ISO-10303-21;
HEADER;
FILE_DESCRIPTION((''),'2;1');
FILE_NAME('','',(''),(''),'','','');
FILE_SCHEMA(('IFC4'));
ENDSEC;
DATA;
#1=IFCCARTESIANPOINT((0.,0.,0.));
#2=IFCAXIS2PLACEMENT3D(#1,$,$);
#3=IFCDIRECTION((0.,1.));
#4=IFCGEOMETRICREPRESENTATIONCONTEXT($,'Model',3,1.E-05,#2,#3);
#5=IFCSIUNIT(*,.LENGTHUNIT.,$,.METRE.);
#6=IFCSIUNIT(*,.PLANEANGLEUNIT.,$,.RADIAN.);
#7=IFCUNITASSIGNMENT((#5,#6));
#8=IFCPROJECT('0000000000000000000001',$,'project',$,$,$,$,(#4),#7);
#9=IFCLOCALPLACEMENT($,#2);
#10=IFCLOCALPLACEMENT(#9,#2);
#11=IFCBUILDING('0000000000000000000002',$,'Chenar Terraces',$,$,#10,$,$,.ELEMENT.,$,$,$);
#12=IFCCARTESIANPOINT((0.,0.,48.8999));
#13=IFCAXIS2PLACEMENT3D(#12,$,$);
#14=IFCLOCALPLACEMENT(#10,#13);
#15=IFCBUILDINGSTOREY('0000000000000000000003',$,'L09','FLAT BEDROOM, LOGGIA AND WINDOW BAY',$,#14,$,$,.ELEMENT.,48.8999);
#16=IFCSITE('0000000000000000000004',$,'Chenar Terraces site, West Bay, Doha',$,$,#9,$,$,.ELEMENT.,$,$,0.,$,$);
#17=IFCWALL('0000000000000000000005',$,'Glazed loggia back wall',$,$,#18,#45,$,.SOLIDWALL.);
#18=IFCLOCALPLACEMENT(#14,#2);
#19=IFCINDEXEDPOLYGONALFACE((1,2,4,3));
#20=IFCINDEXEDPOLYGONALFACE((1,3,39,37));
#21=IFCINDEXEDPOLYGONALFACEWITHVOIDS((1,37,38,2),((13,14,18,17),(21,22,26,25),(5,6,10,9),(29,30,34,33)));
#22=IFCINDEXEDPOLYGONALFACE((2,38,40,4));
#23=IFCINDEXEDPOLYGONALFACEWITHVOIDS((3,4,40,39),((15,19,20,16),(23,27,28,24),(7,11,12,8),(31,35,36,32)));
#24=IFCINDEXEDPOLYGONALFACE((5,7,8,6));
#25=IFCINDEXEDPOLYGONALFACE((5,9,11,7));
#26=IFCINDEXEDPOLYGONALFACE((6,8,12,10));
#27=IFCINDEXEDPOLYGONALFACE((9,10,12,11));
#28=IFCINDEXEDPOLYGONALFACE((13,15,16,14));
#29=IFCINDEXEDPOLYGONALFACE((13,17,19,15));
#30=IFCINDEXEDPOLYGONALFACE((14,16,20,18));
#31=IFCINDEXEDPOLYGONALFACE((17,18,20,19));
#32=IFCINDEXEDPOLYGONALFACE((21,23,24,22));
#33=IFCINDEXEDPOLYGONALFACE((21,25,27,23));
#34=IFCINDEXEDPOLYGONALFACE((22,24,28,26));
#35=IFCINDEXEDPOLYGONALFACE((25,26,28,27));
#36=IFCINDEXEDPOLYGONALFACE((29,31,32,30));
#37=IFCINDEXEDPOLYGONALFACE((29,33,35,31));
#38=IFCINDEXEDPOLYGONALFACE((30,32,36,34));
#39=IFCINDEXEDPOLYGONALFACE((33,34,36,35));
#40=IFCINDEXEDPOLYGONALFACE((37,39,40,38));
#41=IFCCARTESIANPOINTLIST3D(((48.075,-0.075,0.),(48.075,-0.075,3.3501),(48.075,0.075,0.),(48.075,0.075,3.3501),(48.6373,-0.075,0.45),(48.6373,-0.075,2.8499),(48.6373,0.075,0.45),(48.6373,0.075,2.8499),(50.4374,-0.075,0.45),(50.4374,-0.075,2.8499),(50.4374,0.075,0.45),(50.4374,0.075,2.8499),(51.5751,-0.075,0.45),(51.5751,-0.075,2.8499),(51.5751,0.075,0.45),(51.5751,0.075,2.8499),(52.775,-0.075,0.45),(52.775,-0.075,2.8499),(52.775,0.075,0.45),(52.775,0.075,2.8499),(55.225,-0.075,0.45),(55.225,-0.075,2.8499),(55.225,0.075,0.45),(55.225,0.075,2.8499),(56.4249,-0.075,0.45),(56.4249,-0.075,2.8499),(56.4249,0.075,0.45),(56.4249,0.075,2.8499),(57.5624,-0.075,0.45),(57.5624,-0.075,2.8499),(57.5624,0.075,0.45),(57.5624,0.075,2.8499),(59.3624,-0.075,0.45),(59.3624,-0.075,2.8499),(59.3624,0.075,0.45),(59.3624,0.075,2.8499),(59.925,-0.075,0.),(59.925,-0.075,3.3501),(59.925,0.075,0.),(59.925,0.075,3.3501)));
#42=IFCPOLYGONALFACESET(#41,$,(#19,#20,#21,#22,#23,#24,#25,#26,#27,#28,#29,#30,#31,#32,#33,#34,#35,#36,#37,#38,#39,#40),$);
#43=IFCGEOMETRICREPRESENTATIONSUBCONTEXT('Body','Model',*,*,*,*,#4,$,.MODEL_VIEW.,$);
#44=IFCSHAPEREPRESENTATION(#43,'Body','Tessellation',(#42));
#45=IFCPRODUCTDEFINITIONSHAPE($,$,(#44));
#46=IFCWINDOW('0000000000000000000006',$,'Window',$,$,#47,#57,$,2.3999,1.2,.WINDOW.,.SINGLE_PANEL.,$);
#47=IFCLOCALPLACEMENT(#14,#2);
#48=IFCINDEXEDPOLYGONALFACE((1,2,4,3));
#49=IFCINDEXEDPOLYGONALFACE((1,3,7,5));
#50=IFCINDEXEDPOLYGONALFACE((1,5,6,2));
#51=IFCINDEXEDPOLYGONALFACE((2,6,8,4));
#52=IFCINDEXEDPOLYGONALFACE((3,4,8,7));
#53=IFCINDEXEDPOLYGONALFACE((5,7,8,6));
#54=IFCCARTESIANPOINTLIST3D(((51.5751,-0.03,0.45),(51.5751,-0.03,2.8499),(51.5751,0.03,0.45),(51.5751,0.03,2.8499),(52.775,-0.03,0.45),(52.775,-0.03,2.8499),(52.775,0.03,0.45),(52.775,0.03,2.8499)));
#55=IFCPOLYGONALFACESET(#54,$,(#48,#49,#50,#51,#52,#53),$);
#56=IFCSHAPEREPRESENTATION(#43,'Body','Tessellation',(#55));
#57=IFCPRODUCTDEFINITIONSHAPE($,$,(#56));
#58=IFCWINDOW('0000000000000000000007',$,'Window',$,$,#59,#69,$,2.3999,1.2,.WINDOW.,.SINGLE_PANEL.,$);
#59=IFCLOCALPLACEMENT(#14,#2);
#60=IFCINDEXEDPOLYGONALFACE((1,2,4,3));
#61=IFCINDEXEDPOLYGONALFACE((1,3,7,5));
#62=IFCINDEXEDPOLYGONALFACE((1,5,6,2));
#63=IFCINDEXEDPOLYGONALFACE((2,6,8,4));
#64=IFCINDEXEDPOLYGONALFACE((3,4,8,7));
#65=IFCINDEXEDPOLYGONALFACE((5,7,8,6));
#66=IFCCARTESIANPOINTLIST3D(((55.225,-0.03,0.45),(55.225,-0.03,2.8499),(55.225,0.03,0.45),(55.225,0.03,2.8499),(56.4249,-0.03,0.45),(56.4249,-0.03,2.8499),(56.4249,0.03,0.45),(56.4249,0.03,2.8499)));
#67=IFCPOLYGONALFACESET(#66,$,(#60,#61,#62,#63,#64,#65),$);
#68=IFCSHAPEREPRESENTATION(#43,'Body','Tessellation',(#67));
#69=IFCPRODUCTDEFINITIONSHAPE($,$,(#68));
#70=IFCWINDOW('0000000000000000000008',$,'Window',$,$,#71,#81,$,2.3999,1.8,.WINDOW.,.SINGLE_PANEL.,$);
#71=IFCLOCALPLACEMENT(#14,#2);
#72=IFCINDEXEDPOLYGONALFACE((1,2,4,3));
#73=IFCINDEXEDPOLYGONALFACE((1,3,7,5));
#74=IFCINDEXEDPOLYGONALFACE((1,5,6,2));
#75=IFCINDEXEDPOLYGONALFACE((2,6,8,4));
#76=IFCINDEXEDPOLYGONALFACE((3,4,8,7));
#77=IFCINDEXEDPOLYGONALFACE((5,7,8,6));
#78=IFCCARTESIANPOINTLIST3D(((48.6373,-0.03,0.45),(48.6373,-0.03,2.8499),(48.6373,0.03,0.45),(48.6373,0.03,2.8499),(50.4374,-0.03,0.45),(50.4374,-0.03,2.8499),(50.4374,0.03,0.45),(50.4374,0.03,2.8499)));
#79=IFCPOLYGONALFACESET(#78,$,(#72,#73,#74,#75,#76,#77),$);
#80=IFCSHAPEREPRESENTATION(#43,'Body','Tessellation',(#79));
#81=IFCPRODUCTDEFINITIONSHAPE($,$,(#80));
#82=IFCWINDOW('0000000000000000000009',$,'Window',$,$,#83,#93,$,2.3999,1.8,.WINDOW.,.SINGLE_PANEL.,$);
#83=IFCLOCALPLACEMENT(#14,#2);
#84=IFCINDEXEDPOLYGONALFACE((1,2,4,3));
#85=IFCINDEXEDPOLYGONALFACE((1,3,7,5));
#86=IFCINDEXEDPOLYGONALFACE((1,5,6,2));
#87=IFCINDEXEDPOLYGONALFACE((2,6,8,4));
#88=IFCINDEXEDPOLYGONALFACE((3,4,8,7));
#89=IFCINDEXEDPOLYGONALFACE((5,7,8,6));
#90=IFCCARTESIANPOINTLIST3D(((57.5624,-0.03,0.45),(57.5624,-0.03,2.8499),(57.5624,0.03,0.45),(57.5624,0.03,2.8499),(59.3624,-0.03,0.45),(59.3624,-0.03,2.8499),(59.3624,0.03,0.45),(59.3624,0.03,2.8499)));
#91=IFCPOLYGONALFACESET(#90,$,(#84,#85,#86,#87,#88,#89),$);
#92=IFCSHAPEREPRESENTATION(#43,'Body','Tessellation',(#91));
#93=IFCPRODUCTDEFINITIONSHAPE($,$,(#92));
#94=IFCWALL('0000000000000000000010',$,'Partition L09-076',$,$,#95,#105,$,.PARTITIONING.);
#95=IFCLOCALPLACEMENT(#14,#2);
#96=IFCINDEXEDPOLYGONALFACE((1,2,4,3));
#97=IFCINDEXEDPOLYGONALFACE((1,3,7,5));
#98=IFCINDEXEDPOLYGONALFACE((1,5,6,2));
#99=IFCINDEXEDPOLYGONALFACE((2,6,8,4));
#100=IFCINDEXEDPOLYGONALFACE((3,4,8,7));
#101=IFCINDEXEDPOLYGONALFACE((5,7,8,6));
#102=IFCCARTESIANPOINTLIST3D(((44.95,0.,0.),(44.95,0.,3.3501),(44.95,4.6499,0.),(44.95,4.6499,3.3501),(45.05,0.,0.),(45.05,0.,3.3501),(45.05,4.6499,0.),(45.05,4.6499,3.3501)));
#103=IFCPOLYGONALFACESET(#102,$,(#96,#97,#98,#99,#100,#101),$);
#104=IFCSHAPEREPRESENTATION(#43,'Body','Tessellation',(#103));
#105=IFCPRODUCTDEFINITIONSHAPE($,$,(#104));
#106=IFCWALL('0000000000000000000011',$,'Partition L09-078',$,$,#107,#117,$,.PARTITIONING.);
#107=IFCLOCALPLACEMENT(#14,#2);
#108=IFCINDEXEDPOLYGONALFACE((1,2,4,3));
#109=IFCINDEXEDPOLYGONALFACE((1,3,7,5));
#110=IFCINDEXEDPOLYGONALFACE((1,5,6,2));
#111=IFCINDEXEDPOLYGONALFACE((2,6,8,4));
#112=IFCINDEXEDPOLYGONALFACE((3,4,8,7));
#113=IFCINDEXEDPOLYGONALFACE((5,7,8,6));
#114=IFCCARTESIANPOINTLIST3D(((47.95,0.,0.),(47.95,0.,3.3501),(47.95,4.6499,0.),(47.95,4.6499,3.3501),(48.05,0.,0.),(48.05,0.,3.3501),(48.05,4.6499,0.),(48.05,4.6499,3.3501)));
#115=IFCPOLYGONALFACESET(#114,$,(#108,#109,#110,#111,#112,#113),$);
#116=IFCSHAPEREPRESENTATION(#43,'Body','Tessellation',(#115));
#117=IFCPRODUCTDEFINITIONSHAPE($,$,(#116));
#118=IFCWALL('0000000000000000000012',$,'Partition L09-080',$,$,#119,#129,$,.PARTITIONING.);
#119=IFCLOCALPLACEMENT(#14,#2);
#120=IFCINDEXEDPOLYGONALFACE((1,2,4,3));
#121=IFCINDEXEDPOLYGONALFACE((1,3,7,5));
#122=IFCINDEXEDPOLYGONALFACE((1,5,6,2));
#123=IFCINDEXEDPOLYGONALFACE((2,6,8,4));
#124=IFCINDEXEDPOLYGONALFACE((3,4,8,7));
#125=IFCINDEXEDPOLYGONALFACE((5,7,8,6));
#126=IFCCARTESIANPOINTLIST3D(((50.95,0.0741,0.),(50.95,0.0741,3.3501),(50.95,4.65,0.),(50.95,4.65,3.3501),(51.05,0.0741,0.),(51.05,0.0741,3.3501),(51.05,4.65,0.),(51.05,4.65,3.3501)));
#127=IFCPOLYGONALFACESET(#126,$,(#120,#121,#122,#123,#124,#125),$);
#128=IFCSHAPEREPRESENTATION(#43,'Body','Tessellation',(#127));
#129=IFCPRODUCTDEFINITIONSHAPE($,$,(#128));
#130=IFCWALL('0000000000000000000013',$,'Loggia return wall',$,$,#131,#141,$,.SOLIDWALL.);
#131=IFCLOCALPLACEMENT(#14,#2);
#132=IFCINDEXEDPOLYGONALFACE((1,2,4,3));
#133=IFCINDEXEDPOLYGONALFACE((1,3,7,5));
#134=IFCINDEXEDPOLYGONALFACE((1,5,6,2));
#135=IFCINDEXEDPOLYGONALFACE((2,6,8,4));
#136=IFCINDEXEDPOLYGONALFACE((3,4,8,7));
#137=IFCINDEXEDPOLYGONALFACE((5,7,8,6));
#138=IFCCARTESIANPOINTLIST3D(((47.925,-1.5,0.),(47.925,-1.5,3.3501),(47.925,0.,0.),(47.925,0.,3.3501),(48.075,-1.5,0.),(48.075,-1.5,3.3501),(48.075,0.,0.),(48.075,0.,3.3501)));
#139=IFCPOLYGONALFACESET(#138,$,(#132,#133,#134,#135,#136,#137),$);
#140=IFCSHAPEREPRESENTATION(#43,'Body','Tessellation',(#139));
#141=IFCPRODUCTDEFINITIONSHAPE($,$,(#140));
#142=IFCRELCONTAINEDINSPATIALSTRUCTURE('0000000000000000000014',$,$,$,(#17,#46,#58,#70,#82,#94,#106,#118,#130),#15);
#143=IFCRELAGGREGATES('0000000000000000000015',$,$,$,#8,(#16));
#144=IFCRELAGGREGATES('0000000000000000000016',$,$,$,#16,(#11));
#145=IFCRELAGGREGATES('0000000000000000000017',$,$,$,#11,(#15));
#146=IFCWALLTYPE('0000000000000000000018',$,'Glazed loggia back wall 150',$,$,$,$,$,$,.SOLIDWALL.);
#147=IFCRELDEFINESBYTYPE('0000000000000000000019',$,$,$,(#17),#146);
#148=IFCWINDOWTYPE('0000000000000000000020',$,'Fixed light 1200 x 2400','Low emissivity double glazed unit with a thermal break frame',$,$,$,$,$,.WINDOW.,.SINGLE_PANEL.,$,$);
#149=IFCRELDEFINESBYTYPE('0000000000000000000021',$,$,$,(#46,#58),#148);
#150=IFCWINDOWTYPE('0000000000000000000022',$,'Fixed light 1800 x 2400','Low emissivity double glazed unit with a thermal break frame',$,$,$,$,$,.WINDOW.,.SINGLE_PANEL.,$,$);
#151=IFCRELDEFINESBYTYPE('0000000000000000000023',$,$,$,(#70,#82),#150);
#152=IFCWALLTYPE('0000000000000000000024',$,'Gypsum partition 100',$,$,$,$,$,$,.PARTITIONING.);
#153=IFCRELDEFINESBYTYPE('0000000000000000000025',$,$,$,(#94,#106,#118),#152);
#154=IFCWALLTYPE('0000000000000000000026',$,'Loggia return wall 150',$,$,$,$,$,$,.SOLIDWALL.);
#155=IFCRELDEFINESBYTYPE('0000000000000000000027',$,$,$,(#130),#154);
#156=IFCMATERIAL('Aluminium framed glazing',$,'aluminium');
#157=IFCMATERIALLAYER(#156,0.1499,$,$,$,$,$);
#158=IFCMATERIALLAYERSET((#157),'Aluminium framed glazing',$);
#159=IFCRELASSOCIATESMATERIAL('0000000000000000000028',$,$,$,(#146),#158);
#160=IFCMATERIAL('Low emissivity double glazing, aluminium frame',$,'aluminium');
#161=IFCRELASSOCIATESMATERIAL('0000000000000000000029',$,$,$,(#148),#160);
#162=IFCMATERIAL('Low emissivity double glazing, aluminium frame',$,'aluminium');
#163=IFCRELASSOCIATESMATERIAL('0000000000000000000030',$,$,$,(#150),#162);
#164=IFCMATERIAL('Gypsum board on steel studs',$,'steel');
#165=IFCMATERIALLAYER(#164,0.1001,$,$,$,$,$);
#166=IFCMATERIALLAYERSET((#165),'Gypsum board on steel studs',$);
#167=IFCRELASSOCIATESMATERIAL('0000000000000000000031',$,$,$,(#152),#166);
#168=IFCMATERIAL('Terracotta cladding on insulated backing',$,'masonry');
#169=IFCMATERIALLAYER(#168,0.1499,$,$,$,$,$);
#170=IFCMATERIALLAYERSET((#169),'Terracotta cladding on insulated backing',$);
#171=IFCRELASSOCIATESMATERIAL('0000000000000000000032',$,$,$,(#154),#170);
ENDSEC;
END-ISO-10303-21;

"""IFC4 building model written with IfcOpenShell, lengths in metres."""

from ifc_helpers import new_model, si_unit, direction, frame, frame_2d, origin, place, context, subcontext, project, spatial, rectangle, extrude, material, layer, layer_set, type_object, element, fill, save


model = new_model("IFC4")

# Units and contexts
model_context = context("Model", 3, precision=1e-05, world=origin(), true_north=direction((0.0, 1.0)))
body_context = subcontext(model_context, "Body", "Model", "MODEL_VIEW")
ifc_project = project(units=[si_unit("LENGTHUNIT", "METRE"), si_unit("PLANEANGLEUNIT", "RADIAN")], contexts=[model_context])

# Site, building, storey
site_placement = place(None, origin())
site = spatial("IfcSite", under=ifc_project, at=site_placement, Name="Chenar Terraces site, West Bay, Doha", CompositionType="ELEMENT", RefElevation=0.0)
building_placement = place(site_placement, origin())
building = spatial("IfcBuilding", under=site, at=building_placement, Name="Chenar Terraces", CompositionType="ELEMENT")
storey_placement = place(building_placement, frame((0.0, 0.0, 48.8999)))
storey = spatial("IfcBuildingStorey", under=building, at=storey_placement, Name="L09", Description="FLAT BEDROOM, LOGGIA AND WINDOW BAY", CompositionType="ELEMENT", Elevation=48.8999)

# Wall, openings, windows
ifc_material_1 = material(Name="Aluminium framed glazing", Category="aluminium")
ifc_layer_1 = layer(ifc_material_1, 0.1499)
ifc_layer_set_1 = layer_set([ifc_layer_1], Name="Aluminium framed glazing")
wall_type_1 = type_object("IfcWallType", Name="Glazed loggia back wall 150", PredefinedType="SOLIDWALL", material=ifc_layer_set_1)
wall_1_placement = place(storey_placement, frame((48.075, 0.0, 0.0), z_axis=(0.0, 0.0, 1.0), x_axis=(1.0, 0.0, 0.0)))
wall_1 = element("IfcWall", 1, at=wall_1_placement, inside=storey, type_object=wall_type_1, Name="Glazed loggia back wall", PredefinedType="SOLIDWALL", context=body_context, shape_type="SweptSolid", body=[
    extrude(rectangle(XDim=11.8501, YDim=0.1499, at=frame_2d((5.925, 0.0))), origin(), (0.0, 0.0, 1.0), 3.3501),
])
opening_1_placement = place(wall_1_placement, frame((0.5625, 0.0, 0.45)))
opening_1 = element("IfcOpeningElement", 2, at=opening_1_placement, cuts=wall_1, PredefinedType="OPENING", context=body_context, shape_type="SweptSolid", body=[
    extrude(rectangle(XDim=1.8, YDim=2.3999, at=frame_2d((0.8999, 1.2))), frame((0.0, 0.085, 0.0), z_axis=(0.0, -1.0, 0.0), x_axis=(1.0, 0.0, 0.0)), (0.0, 0.0, 1.0), 0.1699),
])
opening_2_placement = place(wall_1_placement, frame((3.5, 0.0, 0.45)))
opening_2 = element("IfcOpeningElement", 3, at=opening_2_placement, cuts=wall_1, PredefinedType="OPENING", context=body_context, shape_type="SweptSolid", body=[
    extrude(rectangle(XDim=1.2, YDim=2.3999, at=frame_2d((0.6001, 1.2))), frame((0.0, 0.085, 0.0), z_axis=(0.0, -1.0, 0.0), x_axis=(1.0, 0.0, 0.0)), (0.0, 0.0, 1.0), 0.1699),
])
opening_3_placement = place(wall_1_placement, frame((7.1499, 0.0, 0.45)))
opening_3 = element("IfcOpeningElement", 4, at=opening_3_placement, cuts=wall_1, PredefinedType="OPENING", context=body_context, shape_type="SweptSolid", body=[
    extrude(rectangle(XDim=1.2, YDim=2.3999, at=frame_2d((0.6001, 1.2))), frame((0.0, 0.085, 0.0), z_axis=(0.0, -1.0, 0.0), x_axis=(1.0, 0.0, 0.0)), (0.0, 0.0, 1.0), 0.1699),
])
opening_4_placement = place(wall_1_placement, frame((9.4875, 0.0, 0.45)))
opening_4 = element("IfcOpeningElement", 5, at=opening_4_placement, cuts=wall_1, PredefinedType="OPENING", context=body_context, shape_type="SweptSolid", body=[
    extrude(rectangle(XDim=1.8, YDim=2.3999, at=frame_2d((0.8999, 1.2))), frame((0.0, 0.085, 0.0), z_axis=(0.0, -1.0, 0.0), x_axis=(1.0, 0.0, 0.0)), (0.0, 0.0, 1.0), 0.1699),
])
ifc_material_2 = material(Name="Low emissivity double glazing, aluminium frame", Category="aluminium")
window_type_1 = type_object("IfcWindowType", Name="Fixed light 1200 x 2400", Description="Low emissivity double glazed unit with a thermal break frame", PartitioningType="SINGLE_PANEL", PredefinedType="WINDOW", material=ifc_material_2)
window_1_placement = place(opening_2_placement, origin())
window_1 = element("IfcWindow", 6, at=window_1_placement, inside=storey, type_object=window_type_1, Name="Window", OverallHeight=2.3999, OverallWidth=1.2, PartitioningType="SINGLE_PANEL", PredefinedType="WINDOW", context=body_context, shape_type="SweptSolid", body=[
    extrude(rectangle(XDim=1.2, YDim=2.3999, at=frame_2d((0.6001, 1.2))), frame((0.0, 0.03, 0.0), z_axis=(0.0, -1.0, 0.0), x_axis=(1.0, 0.0, 0.0)), (0.0, 0.0, 1.0), 0.0601),
])
fill(opening_2, window_1)
window_2_placement = place(opening_3_placement, origin())
window_2 = element("IfcWindow", 7, at=window_2_placement, inside=storey, type_object=window_type_1, Name="Window", OverallHeight=2.3999, OverallWidth=1.2, PartitioningType="SINGLE_PANEL", PredefinedType="WINDOW", context=body_context, shape_type="SweptSolid", body=[
    extrude(rectangle(XDim=1.2, YDim=2.3999, at=frame_2d((0.6001, 1.2))), frame((0.0, 0.03, 0.0), z_axis=(0.0, -1.0, 0.0), x_axis=(1.0, 0.0, 0.0)), (0.0, 0.0, 1.0), 0.0601),
])
fill(opening_3, window_2)
ifc_material_3 = material(Name="Low emissivity double glazing, aluminium frame", Category="aluminium")
window_type_2 = type_object("IfcWindowType", Name="Fixed light 1800 x 2400", Description="Low emissivity double glazed unit with a thermal break frame", PartitioningType="SINGLE_PANEL", PredefinedType="WINDOW", material=ifc_material_3)
window_3_placement = place(opening_1_placement, origin())
window_3 = element("IfcWindow", 8, at=window_3_placement, inside=storey, type_object=window_type_2, Name="Window", OverallHeight=2.3999, OverallWidth=1.8, PartitioningType="SINGLE_PANEL", PredefinedType="WINDOW", context=body_context, shape_type="SweptSolid", body=[
    extrude(rectangle(XDim=1.8, YDim=2.3999, at=frame_2d((0.8999, 1.2))), frame((0.0, 0.03, 0.0), z_axis=(0.0, -1.0, 0.0), x_axis=(1.0, 0.0, 0.0)), (0.0, 0.0, 1.0), 0.0601),
])
fill(opening_1, window_3)
window_4_placement = place(opening_4_placement, origin())
window_4 = element("IfcWindow", 9, at=window_4_placement, inside=storey, type_object=window_type_2, Name="Window", OverallHeight=2.3999, OverallWidth=1.8, PartitioningType="SINGLE_PANEL", PredefinedType="WINDOW", context=body_context, shape_type="SweptSolid", body=[
    extrude(rectangle(XDim=1.8, YDim=2.3999, at=frame_2d((0.8999, 1.2))), frame((0.0, 0.03, 0.0), z_axis=(0.0, -1.0, 0.0), x_axis=(1.0, 0.0, 0.0)), (0.0, 0.0, 1.0), 0.0601),
])
fill(opening_4, window_4)

# Walls
ifc_material_4 = material(Name="Gypsum board on steel studs", Category="steel")
ifc_layer_2 = layer(ifc_material_4, 0.1001)
ifc_layer_set_2 = layer_set([ifc_layer_2], Name="Gypsum board on steel studs")
wall_type_2 = type_object("IfcWallType", Name="Gypsum partition 100", PredefinedType="PARTITIONING", material=ifc_layer_set_2)
for number, where, z_axis, x_axis, name in (
    (10, (45.0, 0.0, 0.0), (0.0, 0.0, 1.0), (0.0, 1.0, 0.0), "Partition L09-076"),
    (11, (48.0, 0.0, 0.0), (0.0, 0.0, 1.0), (0.0, 1.0, 0.0), "Partition L09-078"),
):
    element("IfcWall", number, at=place(storey_placement, frame(where, z_axis=z_axis, x_axis=x_axis)), inside=storey, type_object=wall_type_2, Name=name, PredefinedType="PARTITIONING", context=body_context, shape_type="SweptSolid", body=[
        extrude(rectangle(XDim=4.6499, YDim=0.1001, at=frame_2d((2.325, 0.0))), origin(), (0.0, 0.0, 1.0), 3.3501),
    ])
wall_2_placement = place(storey_placement, frame((51.0, 0.074, 0.0), z_axis=(0.0, 0.0, 1.0), x_axis=(0.0, 1.0, 0.0)))
element("IfcWall", 12, at=wall_2_placement, inside=storey, type_object=wall_type_2, Name="Partition L09-080", PredefinedType="PARTITIONING", context=body_context, shape_type="SweptSolid", body=[
    extrude(rectangle(XDim=4.5759, YDim=0.1001, at=frame_2d((2.2881, 0.0))), origin(), (0.0, 0.0, 1.0), 3.3501),
])
ifc_material_5 = material(Name="Terracotta cladding on insulated backing", Category="masonry")
ifc_layer_3 = layer(ifc_material_5, 0.1499)
ifc_layer_set_3 = layer_set([ifc_layer_3], Name="Terracotta cladding on insulated backing")
wall_type_3 = type_object("IfcWallType", Name="Loggia return wall 150", PredefinedType="SOLIDWALL", material=ifc_layer_set_3)
wall_3_placement = place(storey_placement, frame((48.0, -1.5, 0.0), z_axis=(0.0, 0.0, 1.0), x_axis=(0.0, 1.0, 0.0)))
element("IfcWall", 13, at=wall_3_placement, inside=storey, type_object=wall_type_3, Name="Loggia return wall", PredefinedType="SOLIDWALL", context=body_context, shape_type="SweptSolid", body=[
    extrude(rectangle(XDim=1.5, YDim=0.1499, at=frame_2d((0.75, 0.0))), origin(), (0.0, 0.0, 1.0), 3.3501),
])

save(model, "model.ifc")
